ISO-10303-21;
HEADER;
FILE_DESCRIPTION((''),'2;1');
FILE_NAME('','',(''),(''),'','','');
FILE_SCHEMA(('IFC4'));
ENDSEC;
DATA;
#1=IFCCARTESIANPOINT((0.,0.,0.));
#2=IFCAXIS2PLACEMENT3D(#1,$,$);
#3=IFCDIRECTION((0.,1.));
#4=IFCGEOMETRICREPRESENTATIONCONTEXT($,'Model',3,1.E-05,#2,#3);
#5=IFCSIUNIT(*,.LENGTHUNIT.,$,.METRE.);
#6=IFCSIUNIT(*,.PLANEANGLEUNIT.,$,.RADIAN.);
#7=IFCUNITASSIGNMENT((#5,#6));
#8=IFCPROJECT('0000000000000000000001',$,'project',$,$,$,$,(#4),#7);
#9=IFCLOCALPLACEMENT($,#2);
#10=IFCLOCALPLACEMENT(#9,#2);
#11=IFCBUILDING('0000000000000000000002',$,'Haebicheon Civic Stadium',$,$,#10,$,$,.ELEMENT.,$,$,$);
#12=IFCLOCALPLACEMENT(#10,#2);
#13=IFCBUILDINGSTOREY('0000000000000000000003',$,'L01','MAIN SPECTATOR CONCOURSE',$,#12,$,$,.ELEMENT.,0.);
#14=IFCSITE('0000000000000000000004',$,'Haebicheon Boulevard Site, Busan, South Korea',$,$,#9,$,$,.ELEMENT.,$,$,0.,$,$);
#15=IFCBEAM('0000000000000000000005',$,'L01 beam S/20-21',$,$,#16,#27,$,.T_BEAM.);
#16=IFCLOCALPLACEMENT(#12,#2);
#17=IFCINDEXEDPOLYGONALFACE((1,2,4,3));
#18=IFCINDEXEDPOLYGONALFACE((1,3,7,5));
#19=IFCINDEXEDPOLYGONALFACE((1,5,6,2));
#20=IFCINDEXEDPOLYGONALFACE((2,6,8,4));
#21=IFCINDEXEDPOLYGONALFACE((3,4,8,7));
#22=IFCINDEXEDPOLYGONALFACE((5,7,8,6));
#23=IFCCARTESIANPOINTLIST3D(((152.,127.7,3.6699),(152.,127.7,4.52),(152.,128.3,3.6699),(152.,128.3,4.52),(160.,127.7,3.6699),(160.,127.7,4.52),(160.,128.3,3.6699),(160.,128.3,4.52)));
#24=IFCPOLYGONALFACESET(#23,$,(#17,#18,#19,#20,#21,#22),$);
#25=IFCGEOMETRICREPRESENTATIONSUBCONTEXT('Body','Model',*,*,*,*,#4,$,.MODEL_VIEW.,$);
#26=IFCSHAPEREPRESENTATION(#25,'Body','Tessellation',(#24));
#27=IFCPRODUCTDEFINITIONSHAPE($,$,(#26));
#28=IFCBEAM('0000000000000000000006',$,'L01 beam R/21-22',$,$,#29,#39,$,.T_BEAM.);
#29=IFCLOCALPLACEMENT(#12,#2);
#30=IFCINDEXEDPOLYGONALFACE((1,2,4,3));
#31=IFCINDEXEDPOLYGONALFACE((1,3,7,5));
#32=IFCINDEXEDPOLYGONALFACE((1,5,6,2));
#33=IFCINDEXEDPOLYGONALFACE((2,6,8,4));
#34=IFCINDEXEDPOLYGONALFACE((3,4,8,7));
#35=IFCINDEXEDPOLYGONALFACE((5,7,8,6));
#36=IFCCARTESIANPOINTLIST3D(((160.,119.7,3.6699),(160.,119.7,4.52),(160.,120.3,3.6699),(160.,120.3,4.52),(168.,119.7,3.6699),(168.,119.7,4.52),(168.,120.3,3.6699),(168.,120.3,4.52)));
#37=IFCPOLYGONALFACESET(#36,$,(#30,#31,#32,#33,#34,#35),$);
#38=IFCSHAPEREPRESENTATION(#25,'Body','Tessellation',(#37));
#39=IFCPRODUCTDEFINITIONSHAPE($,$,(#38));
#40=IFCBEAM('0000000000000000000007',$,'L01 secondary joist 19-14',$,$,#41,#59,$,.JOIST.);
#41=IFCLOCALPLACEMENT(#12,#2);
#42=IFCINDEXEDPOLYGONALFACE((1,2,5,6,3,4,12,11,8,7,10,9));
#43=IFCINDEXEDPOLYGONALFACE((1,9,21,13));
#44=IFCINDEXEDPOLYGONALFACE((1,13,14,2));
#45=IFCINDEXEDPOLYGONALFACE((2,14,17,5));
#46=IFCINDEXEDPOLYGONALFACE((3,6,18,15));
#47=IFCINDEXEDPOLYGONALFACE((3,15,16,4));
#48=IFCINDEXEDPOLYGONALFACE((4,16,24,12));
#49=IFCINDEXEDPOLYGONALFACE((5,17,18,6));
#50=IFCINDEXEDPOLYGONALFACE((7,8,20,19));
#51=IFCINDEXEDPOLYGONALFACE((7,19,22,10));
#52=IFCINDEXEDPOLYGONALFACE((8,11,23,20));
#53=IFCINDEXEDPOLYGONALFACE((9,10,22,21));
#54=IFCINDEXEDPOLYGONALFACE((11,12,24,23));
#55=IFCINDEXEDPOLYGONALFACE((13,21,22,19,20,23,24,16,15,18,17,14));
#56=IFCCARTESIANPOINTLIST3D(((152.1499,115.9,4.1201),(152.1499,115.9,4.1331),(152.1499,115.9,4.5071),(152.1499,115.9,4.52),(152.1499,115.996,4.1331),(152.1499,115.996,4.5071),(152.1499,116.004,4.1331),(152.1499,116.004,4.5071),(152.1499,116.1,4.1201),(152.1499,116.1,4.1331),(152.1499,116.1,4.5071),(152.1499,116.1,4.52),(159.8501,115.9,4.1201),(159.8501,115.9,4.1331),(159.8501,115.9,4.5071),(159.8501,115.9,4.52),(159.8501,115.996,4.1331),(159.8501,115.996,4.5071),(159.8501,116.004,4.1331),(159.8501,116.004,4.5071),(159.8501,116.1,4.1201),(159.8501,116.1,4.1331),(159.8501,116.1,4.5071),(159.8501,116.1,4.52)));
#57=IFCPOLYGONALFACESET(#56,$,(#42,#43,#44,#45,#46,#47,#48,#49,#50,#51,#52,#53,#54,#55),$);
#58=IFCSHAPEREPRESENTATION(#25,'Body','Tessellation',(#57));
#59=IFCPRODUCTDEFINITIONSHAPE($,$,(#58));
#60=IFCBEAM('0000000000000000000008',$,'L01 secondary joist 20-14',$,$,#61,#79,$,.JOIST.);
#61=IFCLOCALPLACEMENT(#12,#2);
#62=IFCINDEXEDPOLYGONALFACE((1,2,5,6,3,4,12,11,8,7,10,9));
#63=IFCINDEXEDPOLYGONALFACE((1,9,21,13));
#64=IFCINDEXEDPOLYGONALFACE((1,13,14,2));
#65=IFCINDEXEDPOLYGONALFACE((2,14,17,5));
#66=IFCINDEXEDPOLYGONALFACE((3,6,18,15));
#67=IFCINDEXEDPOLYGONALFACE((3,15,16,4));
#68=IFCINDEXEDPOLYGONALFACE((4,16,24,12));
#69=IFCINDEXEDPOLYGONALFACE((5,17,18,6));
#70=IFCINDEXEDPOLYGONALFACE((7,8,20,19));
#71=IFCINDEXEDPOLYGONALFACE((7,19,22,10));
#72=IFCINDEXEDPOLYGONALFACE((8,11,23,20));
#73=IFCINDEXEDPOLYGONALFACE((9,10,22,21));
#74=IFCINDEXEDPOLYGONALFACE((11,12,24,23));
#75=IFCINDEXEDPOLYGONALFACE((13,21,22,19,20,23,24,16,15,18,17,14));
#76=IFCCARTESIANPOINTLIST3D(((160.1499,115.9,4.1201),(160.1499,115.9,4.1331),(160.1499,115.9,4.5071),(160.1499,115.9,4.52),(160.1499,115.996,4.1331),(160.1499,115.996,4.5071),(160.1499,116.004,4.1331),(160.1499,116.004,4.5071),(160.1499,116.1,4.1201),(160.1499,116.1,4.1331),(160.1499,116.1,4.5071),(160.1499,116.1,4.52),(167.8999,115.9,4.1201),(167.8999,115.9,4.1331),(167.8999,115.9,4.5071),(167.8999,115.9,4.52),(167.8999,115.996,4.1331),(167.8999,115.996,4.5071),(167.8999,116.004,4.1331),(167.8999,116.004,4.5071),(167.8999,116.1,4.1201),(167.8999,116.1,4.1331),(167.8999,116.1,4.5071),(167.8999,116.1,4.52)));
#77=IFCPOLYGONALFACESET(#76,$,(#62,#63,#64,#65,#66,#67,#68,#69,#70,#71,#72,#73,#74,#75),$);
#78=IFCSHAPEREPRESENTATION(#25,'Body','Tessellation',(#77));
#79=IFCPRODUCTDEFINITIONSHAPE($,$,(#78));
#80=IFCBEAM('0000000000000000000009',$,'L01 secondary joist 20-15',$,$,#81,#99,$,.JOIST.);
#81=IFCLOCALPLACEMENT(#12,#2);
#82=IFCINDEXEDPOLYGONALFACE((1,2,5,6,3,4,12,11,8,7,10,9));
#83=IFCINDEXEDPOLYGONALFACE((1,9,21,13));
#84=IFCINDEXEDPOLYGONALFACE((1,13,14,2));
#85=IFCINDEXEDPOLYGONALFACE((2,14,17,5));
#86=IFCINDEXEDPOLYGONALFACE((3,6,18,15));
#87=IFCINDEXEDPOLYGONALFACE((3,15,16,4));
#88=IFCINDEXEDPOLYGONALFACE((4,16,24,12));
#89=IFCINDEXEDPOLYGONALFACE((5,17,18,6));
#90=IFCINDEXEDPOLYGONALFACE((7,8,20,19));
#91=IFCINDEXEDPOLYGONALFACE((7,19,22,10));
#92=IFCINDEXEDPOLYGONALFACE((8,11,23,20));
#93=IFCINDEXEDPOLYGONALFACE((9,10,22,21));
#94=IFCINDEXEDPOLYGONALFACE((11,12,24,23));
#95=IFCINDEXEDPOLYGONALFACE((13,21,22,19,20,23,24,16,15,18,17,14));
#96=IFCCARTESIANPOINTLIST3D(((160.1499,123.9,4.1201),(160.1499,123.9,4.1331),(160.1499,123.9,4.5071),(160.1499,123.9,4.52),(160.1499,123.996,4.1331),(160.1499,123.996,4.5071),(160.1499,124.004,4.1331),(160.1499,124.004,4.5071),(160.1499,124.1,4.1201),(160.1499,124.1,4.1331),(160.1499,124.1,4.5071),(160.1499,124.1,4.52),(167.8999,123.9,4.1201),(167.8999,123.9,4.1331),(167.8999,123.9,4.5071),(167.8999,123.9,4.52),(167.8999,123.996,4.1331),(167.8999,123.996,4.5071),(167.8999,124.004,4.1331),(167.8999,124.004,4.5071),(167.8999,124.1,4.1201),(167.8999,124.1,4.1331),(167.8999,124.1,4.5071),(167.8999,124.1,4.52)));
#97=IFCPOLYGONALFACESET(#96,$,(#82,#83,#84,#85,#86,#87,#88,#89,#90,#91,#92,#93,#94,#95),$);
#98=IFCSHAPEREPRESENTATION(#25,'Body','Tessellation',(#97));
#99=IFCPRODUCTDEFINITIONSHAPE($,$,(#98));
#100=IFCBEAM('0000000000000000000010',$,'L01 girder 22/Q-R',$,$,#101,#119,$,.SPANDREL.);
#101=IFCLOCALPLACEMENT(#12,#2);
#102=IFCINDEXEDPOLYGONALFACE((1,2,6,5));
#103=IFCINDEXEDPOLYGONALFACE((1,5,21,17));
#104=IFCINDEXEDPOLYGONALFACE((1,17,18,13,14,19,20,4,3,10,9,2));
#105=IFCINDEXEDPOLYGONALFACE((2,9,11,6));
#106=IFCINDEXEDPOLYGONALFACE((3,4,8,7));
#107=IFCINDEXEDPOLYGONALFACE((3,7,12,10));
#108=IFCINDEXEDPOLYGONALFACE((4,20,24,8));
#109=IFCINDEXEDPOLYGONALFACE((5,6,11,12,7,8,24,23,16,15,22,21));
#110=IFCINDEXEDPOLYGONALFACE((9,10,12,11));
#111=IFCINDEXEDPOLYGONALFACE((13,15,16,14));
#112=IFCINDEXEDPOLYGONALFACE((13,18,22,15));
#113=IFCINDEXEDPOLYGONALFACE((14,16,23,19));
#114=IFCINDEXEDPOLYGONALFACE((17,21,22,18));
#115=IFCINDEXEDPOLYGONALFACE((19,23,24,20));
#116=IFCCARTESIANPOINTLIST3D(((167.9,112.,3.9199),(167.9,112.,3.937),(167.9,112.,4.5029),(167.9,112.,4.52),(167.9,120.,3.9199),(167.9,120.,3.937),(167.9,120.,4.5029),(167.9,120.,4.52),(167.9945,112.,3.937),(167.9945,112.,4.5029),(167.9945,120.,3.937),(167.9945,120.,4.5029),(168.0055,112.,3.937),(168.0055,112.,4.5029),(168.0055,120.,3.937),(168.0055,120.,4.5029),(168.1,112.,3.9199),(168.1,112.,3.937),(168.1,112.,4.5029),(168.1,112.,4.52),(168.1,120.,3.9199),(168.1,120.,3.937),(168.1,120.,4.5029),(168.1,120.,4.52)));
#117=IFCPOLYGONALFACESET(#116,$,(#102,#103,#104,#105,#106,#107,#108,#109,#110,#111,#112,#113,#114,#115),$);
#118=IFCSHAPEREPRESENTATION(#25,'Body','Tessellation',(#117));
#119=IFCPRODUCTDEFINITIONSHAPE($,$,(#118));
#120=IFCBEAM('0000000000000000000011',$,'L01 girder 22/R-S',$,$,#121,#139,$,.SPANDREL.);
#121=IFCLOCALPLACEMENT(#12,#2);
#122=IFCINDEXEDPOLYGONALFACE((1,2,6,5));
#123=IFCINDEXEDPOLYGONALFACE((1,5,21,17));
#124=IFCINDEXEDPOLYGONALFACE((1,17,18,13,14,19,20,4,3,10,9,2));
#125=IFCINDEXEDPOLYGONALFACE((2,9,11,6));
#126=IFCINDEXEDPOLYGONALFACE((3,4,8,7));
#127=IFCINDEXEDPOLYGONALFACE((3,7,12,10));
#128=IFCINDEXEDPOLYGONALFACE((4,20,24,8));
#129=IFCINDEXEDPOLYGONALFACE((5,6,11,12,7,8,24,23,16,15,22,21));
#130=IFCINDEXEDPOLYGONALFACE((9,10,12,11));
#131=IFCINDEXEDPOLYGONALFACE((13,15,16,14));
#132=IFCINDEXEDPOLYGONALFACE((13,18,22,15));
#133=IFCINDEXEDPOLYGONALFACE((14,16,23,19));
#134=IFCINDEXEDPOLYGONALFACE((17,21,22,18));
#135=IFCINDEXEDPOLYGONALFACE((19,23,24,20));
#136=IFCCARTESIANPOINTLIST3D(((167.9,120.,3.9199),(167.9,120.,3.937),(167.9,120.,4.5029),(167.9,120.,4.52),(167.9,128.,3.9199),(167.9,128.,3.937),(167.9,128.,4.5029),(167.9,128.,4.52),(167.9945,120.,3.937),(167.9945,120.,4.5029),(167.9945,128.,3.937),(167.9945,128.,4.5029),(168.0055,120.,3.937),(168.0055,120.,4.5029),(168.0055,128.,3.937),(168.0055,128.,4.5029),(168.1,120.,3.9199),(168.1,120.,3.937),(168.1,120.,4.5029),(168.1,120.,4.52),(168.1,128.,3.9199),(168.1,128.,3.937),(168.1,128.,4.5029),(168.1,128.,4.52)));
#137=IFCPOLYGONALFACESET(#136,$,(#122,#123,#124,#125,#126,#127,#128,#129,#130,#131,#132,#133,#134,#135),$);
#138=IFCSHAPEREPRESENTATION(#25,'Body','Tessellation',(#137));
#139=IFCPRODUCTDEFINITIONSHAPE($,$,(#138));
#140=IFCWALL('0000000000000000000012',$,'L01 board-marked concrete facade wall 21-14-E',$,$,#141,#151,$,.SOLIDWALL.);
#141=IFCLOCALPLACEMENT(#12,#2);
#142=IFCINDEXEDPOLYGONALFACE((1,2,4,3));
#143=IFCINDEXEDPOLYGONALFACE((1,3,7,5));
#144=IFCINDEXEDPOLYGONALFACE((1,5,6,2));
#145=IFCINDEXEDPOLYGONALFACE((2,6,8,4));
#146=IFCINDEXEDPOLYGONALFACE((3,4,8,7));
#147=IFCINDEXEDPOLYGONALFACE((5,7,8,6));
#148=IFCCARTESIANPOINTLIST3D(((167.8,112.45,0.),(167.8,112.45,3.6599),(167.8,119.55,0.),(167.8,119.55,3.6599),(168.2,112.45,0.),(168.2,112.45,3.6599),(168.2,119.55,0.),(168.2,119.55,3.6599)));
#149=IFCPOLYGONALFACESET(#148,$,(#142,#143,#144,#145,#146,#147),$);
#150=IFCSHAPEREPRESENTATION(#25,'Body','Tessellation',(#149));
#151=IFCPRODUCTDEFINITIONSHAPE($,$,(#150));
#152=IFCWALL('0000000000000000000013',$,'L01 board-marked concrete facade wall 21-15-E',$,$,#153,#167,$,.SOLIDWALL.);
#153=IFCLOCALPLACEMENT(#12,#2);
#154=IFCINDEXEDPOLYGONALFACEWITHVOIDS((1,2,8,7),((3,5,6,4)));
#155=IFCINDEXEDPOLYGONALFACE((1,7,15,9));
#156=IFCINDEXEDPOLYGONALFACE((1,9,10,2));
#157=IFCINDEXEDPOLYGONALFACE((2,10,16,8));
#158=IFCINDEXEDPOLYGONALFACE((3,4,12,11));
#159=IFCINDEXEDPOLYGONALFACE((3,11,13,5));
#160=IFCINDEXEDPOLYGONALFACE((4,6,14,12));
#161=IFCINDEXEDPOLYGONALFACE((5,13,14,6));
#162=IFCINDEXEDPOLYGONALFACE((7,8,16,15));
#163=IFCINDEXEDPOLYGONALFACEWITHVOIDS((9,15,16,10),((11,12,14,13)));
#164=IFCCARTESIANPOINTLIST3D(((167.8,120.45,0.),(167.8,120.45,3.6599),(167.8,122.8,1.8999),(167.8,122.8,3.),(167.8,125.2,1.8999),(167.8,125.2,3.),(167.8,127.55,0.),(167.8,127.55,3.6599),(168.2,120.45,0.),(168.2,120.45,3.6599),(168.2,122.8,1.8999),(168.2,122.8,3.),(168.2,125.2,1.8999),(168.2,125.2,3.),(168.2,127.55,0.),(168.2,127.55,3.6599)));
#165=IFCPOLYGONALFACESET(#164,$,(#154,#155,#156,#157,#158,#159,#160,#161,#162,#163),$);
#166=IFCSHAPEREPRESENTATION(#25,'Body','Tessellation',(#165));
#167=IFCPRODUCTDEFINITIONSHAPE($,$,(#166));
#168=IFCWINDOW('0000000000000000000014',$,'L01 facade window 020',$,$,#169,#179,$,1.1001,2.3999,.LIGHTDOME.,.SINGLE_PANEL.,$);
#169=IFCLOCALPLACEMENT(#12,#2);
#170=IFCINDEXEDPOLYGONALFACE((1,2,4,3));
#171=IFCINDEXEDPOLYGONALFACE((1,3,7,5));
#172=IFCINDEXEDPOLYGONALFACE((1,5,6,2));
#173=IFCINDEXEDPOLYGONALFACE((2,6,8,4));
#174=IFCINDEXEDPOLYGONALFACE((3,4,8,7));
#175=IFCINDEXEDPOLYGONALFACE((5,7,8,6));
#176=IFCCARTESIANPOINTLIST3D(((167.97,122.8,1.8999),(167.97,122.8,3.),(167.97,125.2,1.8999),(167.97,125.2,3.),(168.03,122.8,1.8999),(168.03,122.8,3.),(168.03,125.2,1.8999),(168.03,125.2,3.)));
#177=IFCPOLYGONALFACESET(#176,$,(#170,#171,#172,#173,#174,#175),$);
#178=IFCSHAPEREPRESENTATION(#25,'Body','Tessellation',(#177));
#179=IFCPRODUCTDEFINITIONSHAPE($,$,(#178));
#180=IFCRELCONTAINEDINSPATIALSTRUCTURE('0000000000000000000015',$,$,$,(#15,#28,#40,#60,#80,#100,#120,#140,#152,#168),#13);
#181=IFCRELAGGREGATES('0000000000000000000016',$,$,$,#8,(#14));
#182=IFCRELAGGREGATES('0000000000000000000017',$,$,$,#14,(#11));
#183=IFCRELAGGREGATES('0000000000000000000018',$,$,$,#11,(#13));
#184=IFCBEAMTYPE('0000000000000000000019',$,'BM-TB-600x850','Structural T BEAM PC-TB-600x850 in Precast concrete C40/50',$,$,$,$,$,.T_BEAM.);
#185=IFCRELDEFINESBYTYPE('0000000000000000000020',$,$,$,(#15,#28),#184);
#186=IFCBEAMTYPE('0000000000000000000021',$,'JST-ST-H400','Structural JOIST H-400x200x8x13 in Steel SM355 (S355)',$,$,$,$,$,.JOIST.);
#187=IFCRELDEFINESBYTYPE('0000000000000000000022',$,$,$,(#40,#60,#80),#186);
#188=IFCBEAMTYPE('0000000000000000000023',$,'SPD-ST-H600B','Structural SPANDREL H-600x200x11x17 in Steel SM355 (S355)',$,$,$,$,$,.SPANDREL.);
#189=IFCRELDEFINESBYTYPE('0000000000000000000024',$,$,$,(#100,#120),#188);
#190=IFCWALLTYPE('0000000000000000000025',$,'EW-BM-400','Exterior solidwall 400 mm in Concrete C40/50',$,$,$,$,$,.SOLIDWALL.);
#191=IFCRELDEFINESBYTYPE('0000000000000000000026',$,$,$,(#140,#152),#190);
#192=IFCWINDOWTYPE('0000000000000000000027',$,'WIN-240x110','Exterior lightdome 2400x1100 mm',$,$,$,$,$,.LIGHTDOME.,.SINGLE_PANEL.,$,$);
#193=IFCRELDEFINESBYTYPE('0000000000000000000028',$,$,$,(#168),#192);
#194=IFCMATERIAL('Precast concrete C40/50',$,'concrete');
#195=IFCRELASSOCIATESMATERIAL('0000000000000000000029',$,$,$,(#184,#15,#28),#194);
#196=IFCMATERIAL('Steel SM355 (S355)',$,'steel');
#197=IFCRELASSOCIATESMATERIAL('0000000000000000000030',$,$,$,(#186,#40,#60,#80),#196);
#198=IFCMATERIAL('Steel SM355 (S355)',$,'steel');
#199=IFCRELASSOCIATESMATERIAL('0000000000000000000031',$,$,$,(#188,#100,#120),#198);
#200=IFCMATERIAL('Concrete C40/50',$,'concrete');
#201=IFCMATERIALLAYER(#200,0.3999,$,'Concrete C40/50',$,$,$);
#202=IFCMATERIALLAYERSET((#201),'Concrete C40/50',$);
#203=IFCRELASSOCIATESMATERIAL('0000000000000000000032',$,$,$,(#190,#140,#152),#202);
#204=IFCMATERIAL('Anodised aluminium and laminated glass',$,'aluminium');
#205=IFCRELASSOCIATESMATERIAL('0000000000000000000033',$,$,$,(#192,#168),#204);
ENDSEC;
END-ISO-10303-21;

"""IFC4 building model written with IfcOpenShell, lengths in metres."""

from ifc_helpers import new_model, si_unit, direction, frame, frame_2d, origin, origin_2d, place, context, subcontext, project, spatial, rectangle, i_section, extrude, material, layer, layer_set, material_profile, profile_set, type_object, element, fill, save


model = new_model("IFC4")

# Units and contexts
model_context = context("Model", 3, precision=1e-05, world=origin(), true_north=direction((0.0, 1.0)))
body_context = subcontext(model_context, "Body", "Model", "MODEL_VIEW")
ifc_project = project(units=[si_unit("LENGTHUNIT", "METRE"), si_unit("PLANEANGLEUNIT", "RADIAN")], contexts=[model_context])

# Site, building, storey
site_placement = place(None, origin())
site = spatial("IfcSite", under=ifc_project, at=site_placement, Name="Haebicheon Boulevard Site, Busan, South Korea", CompositionType="ELEMENT", RefElevation=0.0)
building_placement = place(site_placement, origin())
building = spatial("IfcBuilding", under=site, at=building_placement, Name="Haebicheon Civic Stadium", CompositionType="ELEMENT")
storey_placement = place(building_placement, origin())
storey = spatial("IfcBuildingStorey", under=building, at=storey_placement, Name="L01", Description="MAIN SPECTATOR CONCOURSE", CompositionType="ELEMENT", Elevation=0.0)

# Beams
ifc_material_1 = material(Name="Precast concrete C40/50", Category="concrete")
ifc_material_profile_1 = material_profile(ifc_material_1, rectangle(XDim=0.6001, YDim=0.8501, at=origin_2d()), Name="PC-TB-600x850")
ifc_profile_set_1 = profile_set([ifc_material_profile_1], Name="Precast concrete C40/50")
beam_type_1 = type_object("IfcBeamType", Name="BM-TB-600x850", Description="Structural T BEAM PC-TB-600x850 in Precast concrete C40/50", PredefinedType="T_BEAM", material=ifc_profile_set_1)
for number, where, z_axis, x_axis, name in (
    (1, (152.0, 128.0, 4.095), (1.0, 0.0, 0.0), (0.0, 1.0, 0.0), "L01 beam S/20-21"),
    (2, (160.0, 120.0, 4.095), (1.0, 0.0, 0.0), (0.0, 1.0, 0.0), "L01 beam R/21-22"),
):
    element("IfcBeam", number, at=place(storey_placement, frame(where, z_axis=z_axis, x_axis=x_axis)), inside=storey, type_object=beam_type_1, material=ifc_profile_set_1, Name=name, PredefinedType="T_BEAM", context=body_context, shape_type="SweptSolid", body=[
        extrude(rectangle(XDim=0.6001, YDim=0.8501, at=origin_2d()), origin(), (0.0, 0.0, 1.0), 8.0),
    ])
ifc_material_2 = material(Name="Steel SM355 (S355)", Category="steel")
ifc_material_profile_2 = material_profile(ifc_material_2, i_section(OverallWidth=0.2, OverallDepth=0.3999, WebThickness=0.0081, FlangeThickness=0.0129, at=origin_2d()), Name="H-400x200x8x13")
ifc_profile_set_2 = profile_set([ifc_material_profile_2], Name="Steel SM355 (S355)")
beam_type_2 = type_object("IfcBeamType", Name="JST-ST-H400", Description="Structural JOIST H-400x200x8x13 in Steel SM355 (S355)", PredefinedType="JOIST", material=ifc_profile_set_2)
beam_1_placement = place(storey_placement, frame((152.1499, 116.0, 4.3201), z_axis=(1.0, 0.0, 0.0), x_axis=(0.0, 1.0, 0.0)))
element("IfcBeam", 3, at=beam_1_placement, inside=storey, type_object=beam_type_2, material=ifc_profile_set_2, Name="L01 secondary joist 19-14", PredefinedType="JOIST", context=body_context, shape_type="SweptSolid", body=[
    extrude(i_section(OverallWidth=0.2, OverallDepth=0.3999, WebThickness=0.0081, FlangeThickness=0.0129, at=origin_2d()), origin(), (0.0, 0.0, 1.0), 7.7002),
])
for number, where, z_axis, x_axis, name in (
    (4, (160.1499, 116.0, 4.3201), (1.0, 0.0, 0.0), (0.0, 1.0, 0.0), "L01 secondary joist 20-14"),
    (5, (160.1499, 124.0, 4.3201), (1.0, 0.0, 0.0), (0.0, 1.0, 0.0), "L01 secondary joist 20-15"),
):
    element("IfcBeam", number, at=place(storey_placement, frame(where, z_axis=z_axis, x_axis=x_axis)), inside=storey, type_object=beam_type_2, material=ifc_profile_set_2, Name=name, PredefinedType="JOIST", context=body_context, shape_type="SweptSolid", body=[
        extrude(i_section(OverallWidth=0.2, OverallDepth=0.3999, WebThickness=0.0081, FlangeThickness=0.0129, at=origin_2d()), origin(), (0.0, 0.0, 1.0), 7.75),
    ])
ifc_material_3 = material(Name="Steel SM355 (S355)", Category="steel")
ifc_material_profile_3 = material_profile(ifc_material_3, i_section(OverallWidth=0.2, OverallDepth=0.6001, WebThickness=0.011, FlangeThickness=0.0171, at=origin_2d()), Name="H-600x200x11x17")
ifc_profile_set_3 = profile_set([ifc_material_profile_3], Name="Steel SM355 (S355)")
beam_type_3 = type_object("IfcBeamType", Name="SPD-ST-H600B", Description="Structural SPANDREL H-600x200x11x17 in Steel SM355 (S355)", PredefinedType="SPANDREL", material=ifc_profile_set_3)
for number, where, z_axis, x_axis, name in (
    (6, (168.0, 112.0, 4.22), (0.0, 1.0, 0.0), (-1.0, 0.0, 0.0), "L01 girder 22/Q-R"),
    (7, (168.0, 120.0, 4.22), (0.0, 1.0, 0.0), (-1.0, 0.0, 0.0), "L01 girder 22/R-S"),
):
    element("IfcBeam", number, at=place(storey_placement, frame(where, z_axis=z_axis, x_axis=x_axis)), inside=storey, type_object=beam_type_3, material=ifc_profile_set_3, Name=name, PredefinedType="SPANDREL", context=body_context, shape_type="SweptSolid", body=[
        extrude(i_section(OverallWidth=0.2, OverallDepth=0.6001, WebThickness=0.011, FlangeThickness=0.0171, at=origin_2d()), origin(), (0.0, 0.0, 1.0), 8.0),
    ])

# Wall
ifc_material_4 = material(Name="Concrete C40/50", Category="concrete")
ifc_layer_1 = layer(ifc_material_4, 0.3999, Name="Concrete C40/50")
ifc_layer_set_1 = layer_set([ifc_layer_1], Name="Concrete C40/50")
wall_type_1 = type_object("IfcWallType", Name="EW-BM-400", Description="Exterior solidwall 400 mm in Concrete C40/50", PredefinedType="SOLIDWALL", material=ifc_layer_set_1)
wall_1_placement = place(storey_placement, frame((168.0, 112.45, 0.0), z_axis=(0.0, 0.0, 1.0), x_axis=(0.0, 1.0, 0.0)))
element("IfcWall", 8, at=wall_1_placement, inside=storey, type_object=wall_type_1, material=ifc_layer_set_1, Name="L01 board-marked concrete facade wall 21-14-E", PredefinedType="SOLIDWALL", context=body_context, shape_type="SweptSolid", body=[
    extrude(rectangle(XDim=7.1001, YDim=0.3999, at=frame_2d((3.55, 0.0))), origin(), (0.0, 0.0, 1.0), 3.6599),
])

# Wall, opening, window
wall_2_placement = place(storey_placement, frame((168.0, 120.45, 0.0), z_axis=(0.0, 0.0, 1.0), x_axis=(0.0, 1.0, 0.0)))
wall_2 = element("IfcWall", 9, at=wall_2_placement, inside=storey, type_object=wall_type_1, material=ifc_layer_set_1, Name="L01 board-marked concrete facade wall 21-15-E", PredefinedType="SOLIDWALL", context=body_context, shape_type="SweptSolid", body=[
    extrude(rectangle(XDim=7.1001, YDim=0.3999, at=frame_2d((3.55, 0.0))), origin(), (0.0, 0.0, 1.0), 3.6599),
])
opening_placement = place(wall_2_placement, frame((2.3501, 0.0, 1.8999)))
opening = element("IfcOpeningElement", 10, at=opening_placement, cuts=wall_2, PredefinedType="OPENING", context=body_context, shape_type="SweptSolid", body=[
    extrude(rectangle(XDim=2.3999, YDim=1.1001, at=frame_2d((1.2, 0.55))), frame((0.0, 0.21, 0.0), z_axis=(0.0, -1.0, 0.0), x_axis=(1.0, 0.0, 0.0)), (0.0, 0.0, 1.0), 0.4199),
])
ifc_material_5 = material(Name="Anodised aluminium and laminated glass", Category="aluminium")
window_type = type_object("IfcWindowType", Name="WIN-240x110", Description="Exterior lightdome 2400x1100 mm", PartitioningType="SINGLE_PANEL", PredefinedType="LIGHTDOME", material=ifc_material_5)
window_placement = place(opening_placement, origin())
window = element("IfcWindow", 11, at=window_placement, inside=storey, type_object=window_type, material=ifc_material_5, Name="L01 facade window 020", OverallHeight=1.1001, OverallWidth=2.3999, PartitioningType="SINGLE_PANEL", PredefinedType="LIGHTDOME", context=body_context, shape_type="SweptSolid", body=[
    extrude(rectangle(XDim=2.3999, YDim=1.1001, at=frame_2d((1.2, 0.55))), frame((0.0, 0.03, 0.0), z_axis=(0.0, -1.0, 0.0), x_axis=(1.0, 0.0, 0.0)), (0.0, 0.0, 1.0), 0.0601),
])
fill(opening, window)

save(model, "model.ifc")
